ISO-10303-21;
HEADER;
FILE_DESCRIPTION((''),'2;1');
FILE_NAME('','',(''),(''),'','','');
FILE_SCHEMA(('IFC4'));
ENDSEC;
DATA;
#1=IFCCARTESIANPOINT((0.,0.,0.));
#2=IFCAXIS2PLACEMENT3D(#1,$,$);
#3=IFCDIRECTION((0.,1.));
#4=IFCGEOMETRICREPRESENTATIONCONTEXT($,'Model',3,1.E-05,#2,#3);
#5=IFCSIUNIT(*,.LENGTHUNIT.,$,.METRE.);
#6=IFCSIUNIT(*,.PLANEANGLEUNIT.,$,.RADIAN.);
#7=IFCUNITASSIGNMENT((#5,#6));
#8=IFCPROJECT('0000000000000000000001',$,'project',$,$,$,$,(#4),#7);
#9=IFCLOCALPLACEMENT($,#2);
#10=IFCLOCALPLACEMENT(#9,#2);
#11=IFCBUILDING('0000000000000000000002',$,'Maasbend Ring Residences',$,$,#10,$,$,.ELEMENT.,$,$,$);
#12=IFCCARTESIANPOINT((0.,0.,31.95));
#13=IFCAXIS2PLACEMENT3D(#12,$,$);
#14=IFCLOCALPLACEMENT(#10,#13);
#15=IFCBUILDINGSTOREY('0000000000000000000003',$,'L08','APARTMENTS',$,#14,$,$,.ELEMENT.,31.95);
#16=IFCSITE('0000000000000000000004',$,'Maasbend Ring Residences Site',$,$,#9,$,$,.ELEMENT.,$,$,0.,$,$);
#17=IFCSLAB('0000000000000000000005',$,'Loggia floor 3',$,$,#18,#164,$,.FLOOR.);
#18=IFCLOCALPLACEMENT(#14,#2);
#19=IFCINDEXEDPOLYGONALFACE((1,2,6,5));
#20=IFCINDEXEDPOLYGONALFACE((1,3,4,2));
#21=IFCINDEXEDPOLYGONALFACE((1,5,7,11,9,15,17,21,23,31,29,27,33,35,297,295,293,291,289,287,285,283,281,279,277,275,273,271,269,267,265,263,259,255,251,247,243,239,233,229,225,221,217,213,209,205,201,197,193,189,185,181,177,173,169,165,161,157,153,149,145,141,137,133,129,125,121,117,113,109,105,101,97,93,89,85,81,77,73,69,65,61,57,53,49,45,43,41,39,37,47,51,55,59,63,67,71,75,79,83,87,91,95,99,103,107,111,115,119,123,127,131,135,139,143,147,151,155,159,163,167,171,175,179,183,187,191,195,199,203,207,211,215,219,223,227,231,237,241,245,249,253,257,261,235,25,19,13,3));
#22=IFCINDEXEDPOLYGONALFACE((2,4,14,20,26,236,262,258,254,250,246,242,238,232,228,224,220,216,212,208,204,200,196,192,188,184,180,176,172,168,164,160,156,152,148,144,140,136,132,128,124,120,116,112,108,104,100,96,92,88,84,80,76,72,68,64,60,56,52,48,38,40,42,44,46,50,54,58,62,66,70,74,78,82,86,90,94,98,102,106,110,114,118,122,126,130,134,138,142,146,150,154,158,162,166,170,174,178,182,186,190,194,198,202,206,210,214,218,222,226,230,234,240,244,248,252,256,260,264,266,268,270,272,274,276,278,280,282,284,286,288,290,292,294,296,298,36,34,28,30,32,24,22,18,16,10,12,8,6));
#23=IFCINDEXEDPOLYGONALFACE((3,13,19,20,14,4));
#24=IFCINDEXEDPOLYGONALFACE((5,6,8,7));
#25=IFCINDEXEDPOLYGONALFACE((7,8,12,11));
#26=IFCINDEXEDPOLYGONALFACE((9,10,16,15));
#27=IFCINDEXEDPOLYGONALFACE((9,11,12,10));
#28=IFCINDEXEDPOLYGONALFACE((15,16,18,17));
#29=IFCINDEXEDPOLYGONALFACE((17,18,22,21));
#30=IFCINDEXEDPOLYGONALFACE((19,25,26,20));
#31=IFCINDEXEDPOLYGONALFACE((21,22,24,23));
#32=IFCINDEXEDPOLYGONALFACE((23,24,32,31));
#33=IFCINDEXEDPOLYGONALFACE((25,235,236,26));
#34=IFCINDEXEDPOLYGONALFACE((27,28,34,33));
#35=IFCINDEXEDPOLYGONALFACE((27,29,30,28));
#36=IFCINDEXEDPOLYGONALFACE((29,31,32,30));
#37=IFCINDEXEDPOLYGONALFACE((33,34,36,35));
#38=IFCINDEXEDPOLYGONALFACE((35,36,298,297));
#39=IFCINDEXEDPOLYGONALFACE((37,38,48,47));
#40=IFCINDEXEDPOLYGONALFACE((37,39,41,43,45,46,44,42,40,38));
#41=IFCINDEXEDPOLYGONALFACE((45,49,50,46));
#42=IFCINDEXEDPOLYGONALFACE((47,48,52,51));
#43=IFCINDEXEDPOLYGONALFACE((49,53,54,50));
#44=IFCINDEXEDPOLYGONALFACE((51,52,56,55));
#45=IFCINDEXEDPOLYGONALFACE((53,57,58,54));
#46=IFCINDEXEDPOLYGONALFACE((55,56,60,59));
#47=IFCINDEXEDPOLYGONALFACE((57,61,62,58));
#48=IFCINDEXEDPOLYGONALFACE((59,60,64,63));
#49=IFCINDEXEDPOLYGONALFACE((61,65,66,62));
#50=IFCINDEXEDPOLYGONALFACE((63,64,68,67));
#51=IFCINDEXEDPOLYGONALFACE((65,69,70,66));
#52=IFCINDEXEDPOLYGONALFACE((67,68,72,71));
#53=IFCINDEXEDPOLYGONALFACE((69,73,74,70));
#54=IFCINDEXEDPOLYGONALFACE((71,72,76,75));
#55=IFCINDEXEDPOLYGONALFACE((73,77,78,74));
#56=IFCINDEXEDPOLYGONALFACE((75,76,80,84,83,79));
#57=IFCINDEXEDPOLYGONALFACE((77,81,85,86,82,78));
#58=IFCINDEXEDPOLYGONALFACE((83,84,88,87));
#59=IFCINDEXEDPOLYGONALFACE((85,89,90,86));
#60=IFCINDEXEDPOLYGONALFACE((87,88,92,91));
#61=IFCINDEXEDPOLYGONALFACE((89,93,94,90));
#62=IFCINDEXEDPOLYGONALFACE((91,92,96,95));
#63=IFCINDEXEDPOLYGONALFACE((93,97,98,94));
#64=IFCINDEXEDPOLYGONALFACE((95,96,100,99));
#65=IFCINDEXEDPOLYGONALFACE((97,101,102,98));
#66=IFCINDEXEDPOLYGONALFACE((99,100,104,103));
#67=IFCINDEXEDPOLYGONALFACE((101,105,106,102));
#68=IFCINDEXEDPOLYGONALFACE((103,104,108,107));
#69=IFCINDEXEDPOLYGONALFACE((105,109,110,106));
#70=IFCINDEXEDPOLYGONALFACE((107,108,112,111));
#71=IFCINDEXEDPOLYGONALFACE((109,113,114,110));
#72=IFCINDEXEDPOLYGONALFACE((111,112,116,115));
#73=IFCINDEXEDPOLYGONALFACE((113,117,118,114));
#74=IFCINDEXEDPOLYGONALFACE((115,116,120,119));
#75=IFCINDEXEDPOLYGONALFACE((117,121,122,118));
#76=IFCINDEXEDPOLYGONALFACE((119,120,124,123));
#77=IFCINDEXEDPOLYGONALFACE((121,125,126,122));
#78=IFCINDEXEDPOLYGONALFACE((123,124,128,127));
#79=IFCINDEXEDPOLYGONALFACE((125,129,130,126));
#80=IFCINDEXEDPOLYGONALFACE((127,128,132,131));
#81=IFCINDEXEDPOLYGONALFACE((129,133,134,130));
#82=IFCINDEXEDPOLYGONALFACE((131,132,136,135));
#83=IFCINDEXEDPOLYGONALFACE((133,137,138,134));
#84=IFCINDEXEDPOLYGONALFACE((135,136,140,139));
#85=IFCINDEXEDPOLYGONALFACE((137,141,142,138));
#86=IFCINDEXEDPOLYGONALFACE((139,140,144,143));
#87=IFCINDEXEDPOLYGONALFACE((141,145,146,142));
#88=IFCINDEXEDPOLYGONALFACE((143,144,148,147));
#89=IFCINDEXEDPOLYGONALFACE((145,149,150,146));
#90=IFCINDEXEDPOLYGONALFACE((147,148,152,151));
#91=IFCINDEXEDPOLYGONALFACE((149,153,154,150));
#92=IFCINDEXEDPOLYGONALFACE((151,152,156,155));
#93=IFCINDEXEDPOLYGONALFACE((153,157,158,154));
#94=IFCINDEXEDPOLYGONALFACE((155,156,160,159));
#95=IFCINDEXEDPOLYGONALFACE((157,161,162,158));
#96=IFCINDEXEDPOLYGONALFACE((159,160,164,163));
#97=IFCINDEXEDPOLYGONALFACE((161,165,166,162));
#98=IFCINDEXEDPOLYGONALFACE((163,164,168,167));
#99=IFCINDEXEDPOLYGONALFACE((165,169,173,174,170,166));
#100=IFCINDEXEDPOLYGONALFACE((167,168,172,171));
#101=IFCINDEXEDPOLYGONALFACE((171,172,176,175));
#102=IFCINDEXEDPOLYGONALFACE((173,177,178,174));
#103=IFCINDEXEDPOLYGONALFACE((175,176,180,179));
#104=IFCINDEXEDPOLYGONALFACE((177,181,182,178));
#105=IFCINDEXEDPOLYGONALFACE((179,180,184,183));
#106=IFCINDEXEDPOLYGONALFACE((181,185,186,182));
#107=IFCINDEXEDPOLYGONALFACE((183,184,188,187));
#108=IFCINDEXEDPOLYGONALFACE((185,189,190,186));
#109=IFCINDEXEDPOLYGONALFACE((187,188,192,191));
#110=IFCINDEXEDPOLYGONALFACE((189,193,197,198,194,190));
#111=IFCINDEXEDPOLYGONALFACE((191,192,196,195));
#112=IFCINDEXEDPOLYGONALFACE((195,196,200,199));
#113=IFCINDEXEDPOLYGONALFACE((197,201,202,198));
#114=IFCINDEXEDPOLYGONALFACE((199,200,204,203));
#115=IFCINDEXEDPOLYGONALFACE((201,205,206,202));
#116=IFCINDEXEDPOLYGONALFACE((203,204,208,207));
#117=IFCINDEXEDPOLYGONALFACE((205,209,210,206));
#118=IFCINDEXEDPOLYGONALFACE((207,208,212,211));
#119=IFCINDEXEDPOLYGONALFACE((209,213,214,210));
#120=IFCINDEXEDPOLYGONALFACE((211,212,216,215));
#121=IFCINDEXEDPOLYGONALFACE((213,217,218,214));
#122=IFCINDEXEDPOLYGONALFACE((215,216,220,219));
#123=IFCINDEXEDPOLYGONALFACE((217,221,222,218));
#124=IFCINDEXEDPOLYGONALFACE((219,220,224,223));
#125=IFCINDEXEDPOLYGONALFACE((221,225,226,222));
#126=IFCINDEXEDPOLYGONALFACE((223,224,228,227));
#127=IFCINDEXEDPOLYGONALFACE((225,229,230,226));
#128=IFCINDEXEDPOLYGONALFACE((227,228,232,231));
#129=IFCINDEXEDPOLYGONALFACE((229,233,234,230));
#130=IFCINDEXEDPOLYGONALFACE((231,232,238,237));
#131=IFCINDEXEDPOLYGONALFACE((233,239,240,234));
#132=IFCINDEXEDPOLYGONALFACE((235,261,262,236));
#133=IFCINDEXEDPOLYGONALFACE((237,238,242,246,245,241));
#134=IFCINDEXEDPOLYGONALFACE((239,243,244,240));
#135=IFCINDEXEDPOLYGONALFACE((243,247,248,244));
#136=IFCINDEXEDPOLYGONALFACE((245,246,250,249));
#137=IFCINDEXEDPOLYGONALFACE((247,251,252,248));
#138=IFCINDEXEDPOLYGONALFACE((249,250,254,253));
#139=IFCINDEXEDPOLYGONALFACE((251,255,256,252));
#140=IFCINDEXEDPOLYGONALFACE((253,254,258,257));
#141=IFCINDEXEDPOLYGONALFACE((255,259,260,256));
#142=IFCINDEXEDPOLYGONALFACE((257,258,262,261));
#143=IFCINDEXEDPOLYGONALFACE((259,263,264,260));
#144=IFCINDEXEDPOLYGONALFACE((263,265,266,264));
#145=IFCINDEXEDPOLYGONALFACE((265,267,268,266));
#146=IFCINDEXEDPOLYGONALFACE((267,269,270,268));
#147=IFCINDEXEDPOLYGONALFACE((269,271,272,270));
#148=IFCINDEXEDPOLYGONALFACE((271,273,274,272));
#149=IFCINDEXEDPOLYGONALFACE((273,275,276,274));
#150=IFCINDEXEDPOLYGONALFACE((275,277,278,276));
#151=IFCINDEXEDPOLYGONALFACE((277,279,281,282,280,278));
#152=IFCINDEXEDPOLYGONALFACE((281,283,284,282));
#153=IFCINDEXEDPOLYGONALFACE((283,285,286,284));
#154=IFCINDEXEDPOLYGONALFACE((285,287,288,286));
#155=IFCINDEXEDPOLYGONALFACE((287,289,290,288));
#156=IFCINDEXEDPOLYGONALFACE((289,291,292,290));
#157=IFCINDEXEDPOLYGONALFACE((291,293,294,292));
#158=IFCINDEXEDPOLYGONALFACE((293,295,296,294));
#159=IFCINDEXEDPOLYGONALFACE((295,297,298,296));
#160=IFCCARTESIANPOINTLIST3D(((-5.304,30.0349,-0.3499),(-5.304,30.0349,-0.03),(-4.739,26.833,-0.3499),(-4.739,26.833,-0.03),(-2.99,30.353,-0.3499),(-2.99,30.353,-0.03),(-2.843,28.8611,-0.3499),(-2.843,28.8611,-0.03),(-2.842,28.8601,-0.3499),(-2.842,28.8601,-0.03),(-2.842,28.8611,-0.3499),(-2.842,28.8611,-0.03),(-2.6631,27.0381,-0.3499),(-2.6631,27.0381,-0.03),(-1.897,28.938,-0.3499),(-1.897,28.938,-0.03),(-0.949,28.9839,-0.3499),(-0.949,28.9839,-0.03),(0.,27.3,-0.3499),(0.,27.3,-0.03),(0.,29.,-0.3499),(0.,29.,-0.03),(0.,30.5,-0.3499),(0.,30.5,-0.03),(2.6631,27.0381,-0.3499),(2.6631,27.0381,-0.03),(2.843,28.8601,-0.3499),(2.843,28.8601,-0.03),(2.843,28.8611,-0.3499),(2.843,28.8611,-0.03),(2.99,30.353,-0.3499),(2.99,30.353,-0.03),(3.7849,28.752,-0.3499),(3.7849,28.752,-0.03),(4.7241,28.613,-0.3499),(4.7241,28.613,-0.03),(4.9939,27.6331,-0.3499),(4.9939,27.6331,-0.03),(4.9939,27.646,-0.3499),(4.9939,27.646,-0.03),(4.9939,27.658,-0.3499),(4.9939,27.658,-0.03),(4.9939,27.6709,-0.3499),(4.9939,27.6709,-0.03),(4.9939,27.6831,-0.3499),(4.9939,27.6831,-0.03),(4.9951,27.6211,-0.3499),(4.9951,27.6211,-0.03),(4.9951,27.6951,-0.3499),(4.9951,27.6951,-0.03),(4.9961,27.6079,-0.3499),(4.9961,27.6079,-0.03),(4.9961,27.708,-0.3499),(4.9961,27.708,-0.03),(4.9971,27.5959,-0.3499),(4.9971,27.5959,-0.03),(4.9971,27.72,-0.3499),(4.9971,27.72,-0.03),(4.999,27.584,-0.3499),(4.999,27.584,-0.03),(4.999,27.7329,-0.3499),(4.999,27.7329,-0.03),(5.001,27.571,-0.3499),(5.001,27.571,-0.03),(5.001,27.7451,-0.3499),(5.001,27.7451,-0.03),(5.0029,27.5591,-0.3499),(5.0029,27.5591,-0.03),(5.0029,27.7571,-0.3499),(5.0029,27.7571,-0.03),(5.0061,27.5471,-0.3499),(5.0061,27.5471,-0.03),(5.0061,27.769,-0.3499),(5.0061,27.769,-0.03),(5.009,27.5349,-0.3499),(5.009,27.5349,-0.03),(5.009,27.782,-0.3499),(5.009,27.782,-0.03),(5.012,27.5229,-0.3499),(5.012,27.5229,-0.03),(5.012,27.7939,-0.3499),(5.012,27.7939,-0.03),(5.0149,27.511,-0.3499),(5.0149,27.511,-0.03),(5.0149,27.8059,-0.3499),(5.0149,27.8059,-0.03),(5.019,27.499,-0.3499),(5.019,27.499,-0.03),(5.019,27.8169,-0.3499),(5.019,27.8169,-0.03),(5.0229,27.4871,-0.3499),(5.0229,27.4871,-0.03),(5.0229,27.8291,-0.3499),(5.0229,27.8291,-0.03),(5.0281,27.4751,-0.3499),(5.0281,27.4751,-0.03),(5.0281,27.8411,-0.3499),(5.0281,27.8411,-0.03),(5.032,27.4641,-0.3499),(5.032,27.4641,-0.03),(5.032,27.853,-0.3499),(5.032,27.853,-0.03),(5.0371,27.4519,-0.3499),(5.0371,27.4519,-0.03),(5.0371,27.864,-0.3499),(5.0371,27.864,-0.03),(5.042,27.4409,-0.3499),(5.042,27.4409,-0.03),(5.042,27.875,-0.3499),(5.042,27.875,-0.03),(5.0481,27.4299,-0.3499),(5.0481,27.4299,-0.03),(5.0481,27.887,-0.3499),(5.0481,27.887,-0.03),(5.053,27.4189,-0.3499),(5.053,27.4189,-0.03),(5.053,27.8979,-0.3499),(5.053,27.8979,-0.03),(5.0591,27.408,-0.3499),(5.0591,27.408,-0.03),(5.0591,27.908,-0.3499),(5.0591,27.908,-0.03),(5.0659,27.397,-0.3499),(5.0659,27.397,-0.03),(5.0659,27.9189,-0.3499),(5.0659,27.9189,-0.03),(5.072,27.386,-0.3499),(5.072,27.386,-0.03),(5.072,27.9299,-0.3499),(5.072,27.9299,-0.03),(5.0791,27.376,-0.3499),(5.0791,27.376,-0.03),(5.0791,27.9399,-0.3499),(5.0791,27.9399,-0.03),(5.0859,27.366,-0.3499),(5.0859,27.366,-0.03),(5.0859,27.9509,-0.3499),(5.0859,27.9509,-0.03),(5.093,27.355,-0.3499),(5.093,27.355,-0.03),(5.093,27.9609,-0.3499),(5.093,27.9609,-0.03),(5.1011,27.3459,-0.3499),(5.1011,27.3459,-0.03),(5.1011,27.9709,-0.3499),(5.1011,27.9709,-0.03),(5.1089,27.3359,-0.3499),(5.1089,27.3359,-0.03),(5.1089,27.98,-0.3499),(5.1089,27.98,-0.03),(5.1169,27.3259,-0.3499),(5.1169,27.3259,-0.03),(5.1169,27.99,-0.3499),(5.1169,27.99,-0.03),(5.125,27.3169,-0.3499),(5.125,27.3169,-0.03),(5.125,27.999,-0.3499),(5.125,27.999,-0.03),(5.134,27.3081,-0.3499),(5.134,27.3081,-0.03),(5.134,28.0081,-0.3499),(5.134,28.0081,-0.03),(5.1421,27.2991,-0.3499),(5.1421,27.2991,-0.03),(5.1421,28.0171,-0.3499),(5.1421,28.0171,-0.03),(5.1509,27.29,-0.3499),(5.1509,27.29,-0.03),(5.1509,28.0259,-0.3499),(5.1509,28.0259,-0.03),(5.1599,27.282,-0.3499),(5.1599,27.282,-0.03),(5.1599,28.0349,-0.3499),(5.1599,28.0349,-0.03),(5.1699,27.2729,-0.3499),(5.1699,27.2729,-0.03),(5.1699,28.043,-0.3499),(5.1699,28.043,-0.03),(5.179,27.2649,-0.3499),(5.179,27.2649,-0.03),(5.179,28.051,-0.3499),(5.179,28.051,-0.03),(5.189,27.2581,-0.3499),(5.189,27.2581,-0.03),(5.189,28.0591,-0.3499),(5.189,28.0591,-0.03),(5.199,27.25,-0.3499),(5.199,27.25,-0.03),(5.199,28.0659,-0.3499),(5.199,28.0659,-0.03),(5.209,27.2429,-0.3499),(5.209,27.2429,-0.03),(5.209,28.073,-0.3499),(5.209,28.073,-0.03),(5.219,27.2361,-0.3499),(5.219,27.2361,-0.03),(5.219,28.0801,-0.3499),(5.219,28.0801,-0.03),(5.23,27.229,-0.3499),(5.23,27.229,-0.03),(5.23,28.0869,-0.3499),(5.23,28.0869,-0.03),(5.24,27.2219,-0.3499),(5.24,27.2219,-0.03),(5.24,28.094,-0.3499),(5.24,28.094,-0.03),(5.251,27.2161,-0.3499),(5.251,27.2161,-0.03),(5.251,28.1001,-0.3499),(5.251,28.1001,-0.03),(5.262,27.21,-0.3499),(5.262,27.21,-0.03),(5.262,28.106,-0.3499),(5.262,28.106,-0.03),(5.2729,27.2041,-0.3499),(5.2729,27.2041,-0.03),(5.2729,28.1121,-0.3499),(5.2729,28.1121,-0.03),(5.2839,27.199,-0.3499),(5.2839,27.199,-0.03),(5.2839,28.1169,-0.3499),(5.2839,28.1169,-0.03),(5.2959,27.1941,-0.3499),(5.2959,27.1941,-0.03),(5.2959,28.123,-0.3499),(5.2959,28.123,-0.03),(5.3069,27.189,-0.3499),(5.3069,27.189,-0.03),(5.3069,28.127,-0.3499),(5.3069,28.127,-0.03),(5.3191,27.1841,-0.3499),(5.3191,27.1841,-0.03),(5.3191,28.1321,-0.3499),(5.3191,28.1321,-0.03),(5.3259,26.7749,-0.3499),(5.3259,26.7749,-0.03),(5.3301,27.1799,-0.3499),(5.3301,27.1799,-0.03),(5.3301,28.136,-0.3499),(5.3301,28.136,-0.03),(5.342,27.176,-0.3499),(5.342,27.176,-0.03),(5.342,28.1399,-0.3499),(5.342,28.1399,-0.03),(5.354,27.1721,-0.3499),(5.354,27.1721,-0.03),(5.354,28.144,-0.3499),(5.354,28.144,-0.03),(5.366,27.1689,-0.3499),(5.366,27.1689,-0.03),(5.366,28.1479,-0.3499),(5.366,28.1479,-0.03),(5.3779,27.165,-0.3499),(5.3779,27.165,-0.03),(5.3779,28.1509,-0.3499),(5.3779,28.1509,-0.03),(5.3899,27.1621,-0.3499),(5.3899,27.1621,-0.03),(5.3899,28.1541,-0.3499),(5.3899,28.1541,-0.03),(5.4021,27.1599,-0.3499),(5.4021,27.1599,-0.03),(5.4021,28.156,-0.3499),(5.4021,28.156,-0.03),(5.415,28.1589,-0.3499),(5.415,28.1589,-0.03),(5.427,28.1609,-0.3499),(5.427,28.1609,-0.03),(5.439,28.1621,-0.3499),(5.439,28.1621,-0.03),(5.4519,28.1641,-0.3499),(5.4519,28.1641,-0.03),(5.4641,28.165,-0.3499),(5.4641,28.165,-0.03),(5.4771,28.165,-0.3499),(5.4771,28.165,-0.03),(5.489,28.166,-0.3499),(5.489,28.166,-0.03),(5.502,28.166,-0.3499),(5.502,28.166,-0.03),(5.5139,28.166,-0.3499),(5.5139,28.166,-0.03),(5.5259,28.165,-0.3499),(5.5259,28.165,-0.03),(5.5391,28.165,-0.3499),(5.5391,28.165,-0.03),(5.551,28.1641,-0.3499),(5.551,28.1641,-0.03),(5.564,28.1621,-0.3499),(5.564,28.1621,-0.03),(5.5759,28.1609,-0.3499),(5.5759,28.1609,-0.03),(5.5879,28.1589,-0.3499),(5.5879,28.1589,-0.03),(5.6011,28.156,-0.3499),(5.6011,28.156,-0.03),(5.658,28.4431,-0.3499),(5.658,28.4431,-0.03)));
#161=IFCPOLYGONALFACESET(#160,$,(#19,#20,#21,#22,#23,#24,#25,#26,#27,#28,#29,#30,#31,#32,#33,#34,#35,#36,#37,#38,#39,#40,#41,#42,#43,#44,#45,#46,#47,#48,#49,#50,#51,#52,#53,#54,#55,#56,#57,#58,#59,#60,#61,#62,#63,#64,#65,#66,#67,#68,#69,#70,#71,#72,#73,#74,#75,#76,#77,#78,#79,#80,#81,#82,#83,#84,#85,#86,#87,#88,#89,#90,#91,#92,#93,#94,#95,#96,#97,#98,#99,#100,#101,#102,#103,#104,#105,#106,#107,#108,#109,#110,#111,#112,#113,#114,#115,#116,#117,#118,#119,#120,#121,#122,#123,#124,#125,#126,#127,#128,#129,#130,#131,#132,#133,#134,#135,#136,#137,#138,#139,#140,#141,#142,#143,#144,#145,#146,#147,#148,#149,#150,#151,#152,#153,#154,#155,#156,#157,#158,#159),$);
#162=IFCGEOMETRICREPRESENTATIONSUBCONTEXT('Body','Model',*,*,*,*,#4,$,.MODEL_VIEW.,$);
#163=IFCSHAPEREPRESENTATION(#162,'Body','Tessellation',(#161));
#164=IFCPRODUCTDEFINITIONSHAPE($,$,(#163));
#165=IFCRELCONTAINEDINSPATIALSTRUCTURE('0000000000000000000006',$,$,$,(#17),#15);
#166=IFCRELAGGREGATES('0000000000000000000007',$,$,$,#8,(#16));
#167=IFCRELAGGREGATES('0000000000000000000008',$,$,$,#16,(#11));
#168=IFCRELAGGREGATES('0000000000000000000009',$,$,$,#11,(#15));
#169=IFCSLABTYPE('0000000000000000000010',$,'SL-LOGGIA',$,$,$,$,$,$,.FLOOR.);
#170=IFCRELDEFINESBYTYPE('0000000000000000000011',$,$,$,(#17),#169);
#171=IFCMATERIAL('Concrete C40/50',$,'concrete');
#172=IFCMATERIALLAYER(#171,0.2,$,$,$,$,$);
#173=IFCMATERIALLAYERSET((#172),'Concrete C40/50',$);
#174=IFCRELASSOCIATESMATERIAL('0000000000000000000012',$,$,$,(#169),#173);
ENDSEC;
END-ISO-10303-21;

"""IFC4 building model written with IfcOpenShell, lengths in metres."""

from ifc_helpers import new_model, si_unit, direction, frame, origin, place, context, subcontext, project, spatial, polyline, outline, extrude, material, layer, layer_set, type_object, element, save


model = new_model("IFC4")

# Units and contexts
model_context = context("Model", 3, precision=1e-05, world=origin(), true_north=direction((0.0, 1.0)))
body_context = subcontext(model_context, "Body", "Model", "MODEL_VIEW")
ifc_project = project(units=[si_unit("LENGTHUNIT", "METRE"), si_unit("PLANEANGLEUNIT", "RADIAN")], contexts=[model_context])

# Site, building, storey
site_placement = place(None, origin())
site = spatial("IfcSite", under=ifc_project, at=site_placement, Name="Maasbend Ring Residences Site", CompositionType="ELEMENT", RefElevation=0.0)
building_placement = place(site_placement, origin())
building = spatial("IfcBuilding", under=site, at=building_placement, Name="Maasbend Ring Residences", CompositionType="ELEMENT")
storey_placement = place(building_placement, frame((0.0, 0.0, 31.95)))
storey = spatial("IfcBuildingStorey", under=building, at=storey_placement, Name="L08", Description="APARTMENTS", CompositionType="ELEMENT", Elevation=31.95)

# Slab
ifc_material_1 = material(Name="Concrete C40/50", Category="concrete")
ifc_layer_1 = layer(ifc_material_1, 0.2)
ifc_layer_set_1 = layer_set([ifc_layer_1], Name="Concrete C40/50")
slab_type_1 = type_object("IfcSlabType", Name="SL-LOGGIA", PredefinedType="FLOOR", material=ifc_layer_set_1)
slab_1_placement = place(storey_placement, frame((0.0, 0.0, -0.3499)))
element("IfcSlab", 1, at=slab_1_placement, inside=storey, type_object=slab_type_1, Name="Loggia floor 3", PredefinedType="FLOOR", context=body_context, shape_type="SweptSolid", body=[
    extrude(outline(polyline([(-2.843, 28.8611), (-2.843, 28.8611), (-2.843, 28.8611), (-2.843, 28.8611), (-2.842, 28.8611), (-2.842, 28.8611), (-2.842, 28.8611), (-2.842, 28.8611), (-2.842, 28.8611), (-2.842, 28.8601), (-2.842, 28.8601), (-2.842, 28.8601), (-2.842, 28.8601), (-2.842, 28.8601), (-2.842, 28.8601), (-2.842, 28.8601), (-2.842, 28.8601), (-1.897, 28.938), (-1.897, 28.938), (-0.949, 28.9839), (-0.949, 28.9839), (0.0, 29.0), (0.0, 29.0), (0.0, 29.0), (0.0, 29.0), (0.0, 29.0), (0.0, 29.0), (0.0, 29.0), (0.0, 29.0), (0.0, 29.0), (0.0, 29.0), (0.0, 29.0), (0.0, 29.0), (0.0, 29.0), (0.0, 29.0), (0.0, 29.0), (0.0, 29.0), (0.0, 29.0), (0.0, 30.5), (0.0, 30.5), (0.0, 30.5), (2.99, 30.353), (2.99, 30.353), (2.99, 30.353), (2.843, 28.8611), (2.843, 28.8611), (2.843, 28.8611), (2.843, 28.8611), (2.843, 28.8611), (2.843, 28.8611), (2.843, 28.8611), (2.843, 28.8611), (2.843, 28.8601), (2.843, 28.8601), (2.843, 28.8601), (2.843, 28.8601), (2.843, 28.8601), (2.843, 28.8601), (2.843, 28.8601), (2.843, 28.8601), (2.843, 28.8601), (3.7849, 28.752), (3.7849, 28.752), (4.7241, 28.613), (4.7241, 28.613), (5.658, 28.4431), (5.658, 28.4431), (5.658, 28.4431), (5.6011, 28.156), (5.6011, 28.156), (5.5879, 28.1589), (5.5759, 28.1609), (5.564, 28.1621), (5.551, 28.1641), (5.5391, 28.165), (5.5259, 28.165), (5.5139, 28.166), (5.502, 28.166), (5.489, 28.166), (5.4771, 28.165), (5.4641, 28.165), (5.4519, 28.1641), (5.439, 28.1621), (5.427, 28.1609), (5.415, 28.1589), (5.4021, 28.156), (5.3899, 28.1541), (5.3779, 28.1509), (5.366, 28.1479), (5.354, 28.144), (5.342, 28.1399), (5.3301, 28.136), (5.3191, 28.1321), (5.3069, 28.127), (5.2959, 28.123), (5.2839, 28.1169), (5.2729, 28.1121), (5.262, 28.106), (5.251, 28.1001), (5.24, 28.094), (5.23, 28.0869), (5.219, 28.0801), (5.209, 28.073), (5.199, 28.0659), (5.189, 28.0591), (5.179, 28.051), (5.1699, 28.043), (5.1599, 28.0349), (5.1509, 28.0259), (5.1421, 28.0171), (5.134, 28.0081), (5.125, 27.999), (5.1169, 27.99), (5.1089, 27.98), (5.1011, 27.9709), (5.093, 27.9609), (5.0859, 27.9509), (5.0791, 27.9399), (5.072, 27.9299), (5.0659, 27.9189), (5.0591, 27.908), (5.053, 27.8979), (5.0481, 27.887), (5.042, 27.875), (5.0371, 27.864), (5.032, 27.853), (5.0281, 27.8411), (5.0229, 27.8291), (5.019, 27.8169), (5.0149, 27.8059), (5.012, 27.7939), (5.009, 27.782), (5.0061, 27.769), (5.0029, 27.7571), (5.001, 27.7451), (4.999, 27.7329), (4.9971, 27.72), (4.9961, 27.708), (4.9951, 27.6951), (4.9939, 27.6831), (4.9939, 27.6709), (4.9939, 27.658), (4.9939, 27.646), (4.9939, 27.6331), (4.9951, 27.6211), (4.9961, 27.6079), (4.9971, 27.5959), (4.999, 27.584), (5.001, 27.571), (5.0029, 27.5591), (5.0061, 27.5471), (5.009, 27.5349), (5.012, 27.5229), (5.0149, 27.511), (5.019, 27.499), (5.0229, 27.4871), (5.0281, 27.4751), (5.032, 27.4641), (5.0371, 27.4519), (5.042, 27.4409), (5.0481, 27.4299), (5.053, 27.4189), (5.0591, 27.408), (5.0659, 27.397), (5.072, 27.386), (5.0791, 27.376), (5.0859, 27.366), (5.093, 27.355), (5.1011, 27.3459), (5.1089, 27.3359), (5.1169, 27.3259), (5.125, 27.3169), (5.134, 27.3081), (5.1421, 27.2991), (5.1509, 27.29), (5.1599, 27.282), (5.1699, 27.2729), (5.179, 27.2649), (5.189, 27.2581), (5.199, 27.25), (5.209, 27.2429), (5.219, 27.2361), (5.23, 27.229), (5.24, 27.2219), (5.251, 27.2161), (5.262, 27.21), (5.2729, 27.2041), (5.2839, 27.199), (5.2959, 27.1941), (5.3069, 27.189), (5.3191, 27.1841), (5.3301, 27.1799), (5.342, 27.176), (5.354, 27.1721), (5.366, 27.1689), (5.3779, 27.165), (5.3899, 27.1621), (5.4021, 27.1599), (5.4021, 27.1599), (5.3259, 26.7749), (5.3259, 26.7749), (5.3259, 26.7749), (2.6631, 27.0381), (0.0, 27.3), (0.0, 27.3), (0.0, 27.3), (-2.6631, 27.0381), (-4.739, 26.833), (-4.739, 26.833), (-4.739, 26.833), (-5.304, 30.0349), (-5.304, 30.0349), (-5.304, 30.0349), (-2.99, 30.353), (-2.99, 30.353), (-2.99, 30.353), (-2.843, 28.8611)])), origin(), (0.0, 0.0, 1.0), 0.3198),
])

save(model, "model.ifc")
